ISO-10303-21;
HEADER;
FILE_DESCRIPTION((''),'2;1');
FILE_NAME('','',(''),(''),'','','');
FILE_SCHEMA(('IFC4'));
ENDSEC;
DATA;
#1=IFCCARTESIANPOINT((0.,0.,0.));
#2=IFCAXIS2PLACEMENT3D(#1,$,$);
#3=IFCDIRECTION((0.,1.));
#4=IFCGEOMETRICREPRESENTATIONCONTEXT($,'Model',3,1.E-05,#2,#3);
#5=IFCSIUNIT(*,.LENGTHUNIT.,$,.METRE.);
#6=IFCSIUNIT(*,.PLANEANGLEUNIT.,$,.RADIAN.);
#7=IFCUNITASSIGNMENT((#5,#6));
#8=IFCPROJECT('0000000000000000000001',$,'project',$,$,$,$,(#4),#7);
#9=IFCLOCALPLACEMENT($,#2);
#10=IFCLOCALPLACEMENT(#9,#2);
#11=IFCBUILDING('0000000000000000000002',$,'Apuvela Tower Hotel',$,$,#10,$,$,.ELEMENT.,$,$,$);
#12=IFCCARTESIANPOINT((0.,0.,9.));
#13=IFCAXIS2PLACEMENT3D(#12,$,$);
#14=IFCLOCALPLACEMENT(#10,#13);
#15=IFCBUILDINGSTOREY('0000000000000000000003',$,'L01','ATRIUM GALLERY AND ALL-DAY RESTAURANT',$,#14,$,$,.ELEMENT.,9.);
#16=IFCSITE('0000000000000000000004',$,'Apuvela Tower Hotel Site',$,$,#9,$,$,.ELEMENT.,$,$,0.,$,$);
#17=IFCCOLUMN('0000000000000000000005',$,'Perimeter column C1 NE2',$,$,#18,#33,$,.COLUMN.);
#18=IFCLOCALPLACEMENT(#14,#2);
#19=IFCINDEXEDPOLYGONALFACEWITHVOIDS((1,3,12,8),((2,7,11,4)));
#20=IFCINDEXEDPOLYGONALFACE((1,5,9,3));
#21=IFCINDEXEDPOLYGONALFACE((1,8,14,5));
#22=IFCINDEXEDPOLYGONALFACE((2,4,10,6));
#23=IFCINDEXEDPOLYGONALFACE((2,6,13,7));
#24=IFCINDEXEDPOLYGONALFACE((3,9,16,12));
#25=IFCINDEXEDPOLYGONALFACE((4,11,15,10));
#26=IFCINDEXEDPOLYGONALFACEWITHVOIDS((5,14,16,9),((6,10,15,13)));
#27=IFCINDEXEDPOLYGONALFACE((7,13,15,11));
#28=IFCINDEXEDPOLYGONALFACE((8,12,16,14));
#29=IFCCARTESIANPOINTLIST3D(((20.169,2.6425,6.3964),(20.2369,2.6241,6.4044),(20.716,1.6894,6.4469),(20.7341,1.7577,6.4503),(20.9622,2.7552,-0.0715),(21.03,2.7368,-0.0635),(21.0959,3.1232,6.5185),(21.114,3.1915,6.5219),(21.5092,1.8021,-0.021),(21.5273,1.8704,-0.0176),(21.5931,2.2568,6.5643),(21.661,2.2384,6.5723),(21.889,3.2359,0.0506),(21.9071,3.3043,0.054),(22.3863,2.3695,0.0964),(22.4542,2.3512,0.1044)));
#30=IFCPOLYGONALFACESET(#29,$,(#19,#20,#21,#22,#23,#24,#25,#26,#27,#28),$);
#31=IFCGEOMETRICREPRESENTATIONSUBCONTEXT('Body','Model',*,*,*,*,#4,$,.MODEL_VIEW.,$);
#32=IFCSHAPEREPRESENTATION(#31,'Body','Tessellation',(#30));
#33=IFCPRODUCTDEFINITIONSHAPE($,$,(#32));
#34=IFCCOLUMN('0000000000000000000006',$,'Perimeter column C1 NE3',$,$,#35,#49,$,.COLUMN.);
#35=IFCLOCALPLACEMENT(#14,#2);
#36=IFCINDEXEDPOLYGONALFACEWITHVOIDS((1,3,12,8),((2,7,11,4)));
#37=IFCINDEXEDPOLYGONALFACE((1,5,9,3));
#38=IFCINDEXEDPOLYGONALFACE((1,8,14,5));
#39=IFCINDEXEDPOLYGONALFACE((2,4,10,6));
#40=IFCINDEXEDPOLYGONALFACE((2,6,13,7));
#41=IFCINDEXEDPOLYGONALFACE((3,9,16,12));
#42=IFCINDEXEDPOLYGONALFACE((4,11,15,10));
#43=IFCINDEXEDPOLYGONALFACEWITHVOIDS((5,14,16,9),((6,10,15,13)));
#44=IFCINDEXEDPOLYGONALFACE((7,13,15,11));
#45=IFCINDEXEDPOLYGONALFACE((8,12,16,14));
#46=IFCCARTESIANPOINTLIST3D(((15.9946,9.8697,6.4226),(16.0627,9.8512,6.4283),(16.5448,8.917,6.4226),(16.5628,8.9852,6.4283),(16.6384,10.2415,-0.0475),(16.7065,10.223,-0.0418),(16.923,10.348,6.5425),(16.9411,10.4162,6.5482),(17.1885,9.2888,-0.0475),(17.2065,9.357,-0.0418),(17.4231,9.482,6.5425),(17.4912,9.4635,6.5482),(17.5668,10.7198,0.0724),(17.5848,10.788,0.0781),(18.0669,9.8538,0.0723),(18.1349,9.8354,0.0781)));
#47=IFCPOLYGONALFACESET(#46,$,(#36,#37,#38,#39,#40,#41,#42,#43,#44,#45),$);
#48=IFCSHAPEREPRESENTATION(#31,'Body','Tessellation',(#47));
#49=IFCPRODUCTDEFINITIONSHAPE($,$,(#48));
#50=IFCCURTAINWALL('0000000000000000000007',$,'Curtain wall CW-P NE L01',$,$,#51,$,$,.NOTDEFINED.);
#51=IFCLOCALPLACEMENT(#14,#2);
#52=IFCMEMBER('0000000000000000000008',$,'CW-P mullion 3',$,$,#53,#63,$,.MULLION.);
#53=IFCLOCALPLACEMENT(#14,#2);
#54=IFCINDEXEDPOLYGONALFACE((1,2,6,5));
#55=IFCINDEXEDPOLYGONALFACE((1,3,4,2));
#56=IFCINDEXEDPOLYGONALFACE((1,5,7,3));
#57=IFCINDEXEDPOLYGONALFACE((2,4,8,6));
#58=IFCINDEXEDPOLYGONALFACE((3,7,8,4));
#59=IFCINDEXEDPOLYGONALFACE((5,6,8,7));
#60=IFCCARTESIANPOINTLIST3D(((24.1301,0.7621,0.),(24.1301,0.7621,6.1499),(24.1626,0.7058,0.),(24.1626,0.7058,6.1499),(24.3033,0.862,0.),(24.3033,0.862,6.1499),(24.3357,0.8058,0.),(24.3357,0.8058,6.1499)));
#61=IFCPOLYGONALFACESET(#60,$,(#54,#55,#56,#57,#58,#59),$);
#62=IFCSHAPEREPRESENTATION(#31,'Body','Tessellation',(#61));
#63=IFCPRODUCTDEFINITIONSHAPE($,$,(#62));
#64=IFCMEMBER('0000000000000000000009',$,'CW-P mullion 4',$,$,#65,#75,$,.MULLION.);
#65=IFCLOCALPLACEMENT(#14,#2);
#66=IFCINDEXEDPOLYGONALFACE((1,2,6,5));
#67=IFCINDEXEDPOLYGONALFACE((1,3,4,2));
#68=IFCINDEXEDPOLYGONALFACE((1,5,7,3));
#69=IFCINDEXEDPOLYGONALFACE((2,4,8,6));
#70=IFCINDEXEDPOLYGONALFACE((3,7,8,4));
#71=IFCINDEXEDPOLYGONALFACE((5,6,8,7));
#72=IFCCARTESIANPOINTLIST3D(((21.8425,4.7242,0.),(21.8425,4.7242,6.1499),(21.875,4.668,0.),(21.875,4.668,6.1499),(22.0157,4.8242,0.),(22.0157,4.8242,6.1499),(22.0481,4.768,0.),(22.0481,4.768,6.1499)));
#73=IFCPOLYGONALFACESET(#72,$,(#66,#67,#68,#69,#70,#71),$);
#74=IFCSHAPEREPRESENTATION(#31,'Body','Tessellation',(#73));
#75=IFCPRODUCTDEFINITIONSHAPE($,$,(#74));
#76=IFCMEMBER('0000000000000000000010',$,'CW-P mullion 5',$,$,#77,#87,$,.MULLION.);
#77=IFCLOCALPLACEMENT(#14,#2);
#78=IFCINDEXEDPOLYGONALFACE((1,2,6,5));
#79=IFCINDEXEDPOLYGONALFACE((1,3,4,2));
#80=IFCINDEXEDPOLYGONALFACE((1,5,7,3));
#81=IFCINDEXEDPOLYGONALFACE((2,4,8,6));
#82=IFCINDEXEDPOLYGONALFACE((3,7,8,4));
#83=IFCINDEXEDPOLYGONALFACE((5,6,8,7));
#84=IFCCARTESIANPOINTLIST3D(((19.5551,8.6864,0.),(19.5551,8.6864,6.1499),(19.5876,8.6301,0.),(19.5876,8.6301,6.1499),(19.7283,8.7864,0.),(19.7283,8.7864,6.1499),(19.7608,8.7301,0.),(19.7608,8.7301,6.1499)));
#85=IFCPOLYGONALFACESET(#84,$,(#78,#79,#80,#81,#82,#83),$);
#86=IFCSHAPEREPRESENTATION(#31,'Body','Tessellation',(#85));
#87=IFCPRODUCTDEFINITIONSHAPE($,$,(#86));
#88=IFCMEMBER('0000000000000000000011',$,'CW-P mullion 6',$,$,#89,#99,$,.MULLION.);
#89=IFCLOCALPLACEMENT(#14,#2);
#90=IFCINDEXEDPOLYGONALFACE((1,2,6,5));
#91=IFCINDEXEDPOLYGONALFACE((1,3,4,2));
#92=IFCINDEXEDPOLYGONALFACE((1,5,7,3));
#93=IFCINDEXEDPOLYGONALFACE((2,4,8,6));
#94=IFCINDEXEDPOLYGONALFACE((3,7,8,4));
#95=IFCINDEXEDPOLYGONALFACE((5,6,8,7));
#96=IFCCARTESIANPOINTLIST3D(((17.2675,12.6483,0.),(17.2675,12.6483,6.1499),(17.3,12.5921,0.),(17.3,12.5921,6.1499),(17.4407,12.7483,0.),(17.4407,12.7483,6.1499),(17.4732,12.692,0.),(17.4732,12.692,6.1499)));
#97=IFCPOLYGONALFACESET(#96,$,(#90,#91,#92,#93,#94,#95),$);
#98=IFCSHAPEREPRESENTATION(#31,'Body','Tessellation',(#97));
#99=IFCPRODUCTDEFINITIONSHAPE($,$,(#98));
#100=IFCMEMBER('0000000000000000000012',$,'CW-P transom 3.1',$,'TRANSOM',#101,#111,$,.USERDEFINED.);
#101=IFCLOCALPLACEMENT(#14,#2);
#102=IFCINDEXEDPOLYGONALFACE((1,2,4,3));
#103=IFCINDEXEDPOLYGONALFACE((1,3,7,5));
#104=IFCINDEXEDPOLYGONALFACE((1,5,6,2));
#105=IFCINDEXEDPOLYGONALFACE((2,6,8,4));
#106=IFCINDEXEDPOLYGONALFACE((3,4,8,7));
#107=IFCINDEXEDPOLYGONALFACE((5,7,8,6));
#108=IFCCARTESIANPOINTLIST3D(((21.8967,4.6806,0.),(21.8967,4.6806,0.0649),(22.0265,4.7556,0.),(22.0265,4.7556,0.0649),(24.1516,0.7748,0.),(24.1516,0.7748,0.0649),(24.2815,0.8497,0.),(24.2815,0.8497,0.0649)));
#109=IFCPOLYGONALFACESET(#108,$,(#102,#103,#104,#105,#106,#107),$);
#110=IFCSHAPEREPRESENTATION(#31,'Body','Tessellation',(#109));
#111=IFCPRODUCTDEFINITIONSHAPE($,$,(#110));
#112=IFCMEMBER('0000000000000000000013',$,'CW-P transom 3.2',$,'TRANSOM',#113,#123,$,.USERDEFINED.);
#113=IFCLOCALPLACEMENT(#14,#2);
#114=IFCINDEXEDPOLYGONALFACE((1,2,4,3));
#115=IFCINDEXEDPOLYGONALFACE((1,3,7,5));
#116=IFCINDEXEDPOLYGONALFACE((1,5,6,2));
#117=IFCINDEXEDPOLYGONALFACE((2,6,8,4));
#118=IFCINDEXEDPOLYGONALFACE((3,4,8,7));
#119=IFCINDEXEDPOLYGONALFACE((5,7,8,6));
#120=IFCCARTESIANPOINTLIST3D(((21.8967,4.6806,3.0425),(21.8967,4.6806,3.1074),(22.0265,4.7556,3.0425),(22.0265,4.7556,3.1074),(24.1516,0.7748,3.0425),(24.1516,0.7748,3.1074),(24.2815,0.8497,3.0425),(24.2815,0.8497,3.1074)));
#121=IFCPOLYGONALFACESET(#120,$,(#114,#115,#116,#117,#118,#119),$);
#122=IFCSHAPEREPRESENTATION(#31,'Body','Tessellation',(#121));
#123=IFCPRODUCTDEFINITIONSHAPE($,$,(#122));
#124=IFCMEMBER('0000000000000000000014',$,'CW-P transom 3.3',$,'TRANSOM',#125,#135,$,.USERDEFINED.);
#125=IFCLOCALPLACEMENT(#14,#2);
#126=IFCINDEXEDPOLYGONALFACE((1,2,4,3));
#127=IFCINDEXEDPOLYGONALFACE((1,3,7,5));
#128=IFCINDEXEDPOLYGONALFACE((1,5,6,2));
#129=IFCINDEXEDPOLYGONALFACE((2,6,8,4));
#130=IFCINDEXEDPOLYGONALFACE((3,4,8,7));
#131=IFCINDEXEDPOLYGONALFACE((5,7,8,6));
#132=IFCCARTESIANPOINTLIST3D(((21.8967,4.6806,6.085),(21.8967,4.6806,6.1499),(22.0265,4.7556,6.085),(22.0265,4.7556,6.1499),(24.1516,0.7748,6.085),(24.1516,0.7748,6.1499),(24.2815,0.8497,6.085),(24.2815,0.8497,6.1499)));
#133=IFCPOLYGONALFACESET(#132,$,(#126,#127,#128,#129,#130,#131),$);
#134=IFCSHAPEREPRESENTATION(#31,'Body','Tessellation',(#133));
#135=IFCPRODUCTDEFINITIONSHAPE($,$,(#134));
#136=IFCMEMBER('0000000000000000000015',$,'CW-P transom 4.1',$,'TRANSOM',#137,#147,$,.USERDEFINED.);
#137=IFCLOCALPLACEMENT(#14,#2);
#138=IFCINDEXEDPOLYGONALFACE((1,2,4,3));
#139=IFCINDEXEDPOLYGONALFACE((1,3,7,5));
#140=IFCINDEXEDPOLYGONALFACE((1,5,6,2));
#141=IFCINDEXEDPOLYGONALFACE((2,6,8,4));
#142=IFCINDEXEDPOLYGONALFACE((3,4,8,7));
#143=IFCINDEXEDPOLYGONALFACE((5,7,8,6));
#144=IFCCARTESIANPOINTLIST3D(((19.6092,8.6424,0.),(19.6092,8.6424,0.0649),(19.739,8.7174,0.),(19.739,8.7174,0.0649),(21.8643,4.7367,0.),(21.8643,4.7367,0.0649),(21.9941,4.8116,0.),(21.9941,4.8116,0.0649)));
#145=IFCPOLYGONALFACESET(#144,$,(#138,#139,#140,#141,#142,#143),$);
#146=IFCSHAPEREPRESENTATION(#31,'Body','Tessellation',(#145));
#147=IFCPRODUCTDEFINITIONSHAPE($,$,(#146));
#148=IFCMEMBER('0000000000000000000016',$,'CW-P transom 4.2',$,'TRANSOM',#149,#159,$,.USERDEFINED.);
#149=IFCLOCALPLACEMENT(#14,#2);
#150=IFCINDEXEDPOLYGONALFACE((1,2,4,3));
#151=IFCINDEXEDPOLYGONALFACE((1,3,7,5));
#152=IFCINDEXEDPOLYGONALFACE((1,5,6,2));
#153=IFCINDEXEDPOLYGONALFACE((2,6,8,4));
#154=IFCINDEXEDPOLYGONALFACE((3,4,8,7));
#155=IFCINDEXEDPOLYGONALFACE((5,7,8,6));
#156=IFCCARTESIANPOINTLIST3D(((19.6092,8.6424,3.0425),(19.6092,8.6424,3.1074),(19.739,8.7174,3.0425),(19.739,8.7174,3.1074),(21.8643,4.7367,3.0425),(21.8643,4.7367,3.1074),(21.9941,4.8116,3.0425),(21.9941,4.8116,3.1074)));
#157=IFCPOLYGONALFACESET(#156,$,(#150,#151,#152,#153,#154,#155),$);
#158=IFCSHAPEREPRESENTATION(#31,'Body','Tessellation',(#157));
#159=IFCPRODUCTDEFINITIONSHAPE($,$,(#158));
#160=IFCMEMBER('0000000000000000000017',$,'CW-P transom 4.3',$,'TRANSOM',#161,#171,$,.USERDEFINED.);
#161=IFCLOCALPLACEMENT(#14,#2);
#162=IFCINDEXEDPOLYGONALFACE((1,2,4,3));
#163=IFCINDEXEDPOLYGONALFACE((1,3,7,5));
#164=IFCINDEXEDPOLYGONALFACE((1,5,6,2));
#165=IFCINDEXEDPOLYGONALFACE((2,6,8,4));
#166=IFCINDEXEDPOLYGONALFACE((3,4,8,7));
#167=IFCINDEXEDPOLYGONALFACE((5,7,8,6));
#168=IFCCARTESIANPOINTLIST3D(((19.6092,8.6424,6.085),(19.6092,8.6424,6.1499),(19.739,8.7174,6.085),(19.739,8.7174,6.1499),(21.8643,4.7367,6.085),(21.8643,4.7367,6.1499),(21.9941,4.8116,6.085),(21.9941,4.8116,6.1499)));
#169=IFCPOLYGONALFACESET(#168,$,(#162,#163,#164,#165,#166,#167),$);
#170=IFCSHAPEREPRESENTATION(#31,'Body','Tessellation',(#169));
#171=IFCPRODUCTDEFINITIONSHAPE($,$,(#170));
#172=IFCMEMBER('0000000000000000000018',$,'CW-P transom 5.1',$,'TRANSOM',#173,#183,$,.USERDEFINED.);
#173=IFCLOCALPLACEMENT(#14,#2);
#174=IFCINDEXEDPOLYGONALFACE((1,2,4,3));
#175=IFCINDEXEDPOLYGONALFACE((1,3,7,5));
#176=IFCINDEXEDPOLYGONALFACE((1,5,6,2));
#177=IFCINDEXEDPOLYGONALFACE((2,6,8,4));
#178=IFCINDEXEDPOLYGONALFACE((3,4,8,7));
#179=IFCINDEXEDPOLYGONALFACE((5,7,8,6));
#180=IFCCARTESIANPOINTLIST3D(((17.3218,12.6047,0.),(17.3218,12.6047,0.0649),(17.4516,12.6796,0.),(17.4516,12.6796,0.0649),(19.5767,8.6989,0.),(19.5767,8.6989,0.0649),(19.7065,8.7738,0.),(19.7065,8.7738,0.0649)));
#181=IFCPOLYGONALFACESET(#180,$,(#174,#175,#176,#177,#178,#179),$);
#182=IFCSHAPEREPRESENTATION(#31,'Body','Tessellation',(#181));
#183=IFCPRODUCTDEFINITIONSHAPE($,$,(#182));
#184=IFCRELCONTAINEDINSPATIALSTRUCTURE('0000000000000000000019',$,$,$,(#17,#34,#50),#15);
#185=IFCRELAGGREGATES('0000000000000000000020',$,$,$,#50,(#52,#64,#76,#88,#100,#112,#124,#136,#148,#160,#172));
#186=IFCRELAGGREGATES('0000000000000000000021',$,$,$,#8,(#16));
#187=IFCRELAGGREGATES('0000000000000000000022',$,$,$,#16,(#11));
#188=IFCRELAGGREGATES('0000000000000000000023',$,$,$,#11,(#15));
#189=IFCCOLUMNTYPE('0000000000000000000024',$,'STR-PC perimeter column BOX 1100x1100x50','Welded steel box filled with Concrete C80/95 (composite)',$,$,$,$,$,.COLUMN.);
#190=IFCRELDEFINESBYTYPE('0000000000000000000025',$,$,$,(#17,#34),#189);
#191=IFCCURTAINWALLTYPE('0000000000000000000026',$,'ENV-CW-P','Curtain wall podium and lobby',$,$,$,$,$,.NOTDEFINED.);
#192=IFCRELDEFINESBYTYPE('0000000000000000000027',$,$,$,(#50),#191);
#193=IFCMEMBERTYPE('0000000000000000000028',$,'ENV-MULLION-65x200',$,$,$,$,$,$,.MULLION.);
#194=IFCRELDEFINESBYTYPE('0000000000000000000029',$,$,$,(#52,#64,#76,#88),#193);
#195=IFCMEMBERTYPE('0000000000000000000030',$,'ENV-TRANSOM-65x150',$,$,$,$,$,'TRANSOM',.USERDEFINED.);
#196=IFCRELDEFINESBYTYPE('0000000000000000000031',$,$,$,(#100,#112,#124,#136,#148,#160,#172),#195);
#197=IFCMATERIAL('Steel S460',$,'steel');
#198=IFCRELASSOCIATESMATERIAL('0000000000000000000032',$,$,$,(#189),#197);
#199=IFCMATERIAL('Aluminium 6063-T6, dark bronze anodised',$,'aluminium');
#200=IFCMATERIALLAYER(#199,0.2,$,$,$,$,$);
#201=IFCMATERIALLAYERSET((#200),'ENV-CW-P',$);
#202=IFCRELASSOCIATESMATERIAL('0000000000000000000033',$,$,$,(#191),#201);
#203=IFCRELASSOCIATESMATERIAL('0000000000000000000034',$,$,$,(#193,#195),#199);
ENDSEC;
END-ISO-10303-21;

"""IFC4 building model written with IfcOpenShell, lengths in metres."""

from ifc_helpers import new_model, si_unit, direction, frame, origin, origin_2d, place, context, subcontext, project, spatial, rectangle, hollow_rectangle, extrude, boolean, halfspace, material, layer, layer_set, material_profile, profile_set, type_object, element, aggregate, save


model = new_model("IFC4")

# Units and contexts
model_context = context("Model", 3, precision=1e-05, world=origin(), true_north=direction((0.0, 1.0)))
body_context = subcontext(model_context, "Body", "Model", "MODEL_VIEW")
ifc_project = project(units=[si_unit("LENGTHUNIT", "METRE"), si_unit("PLANEANGLEUNIT", "RADIAN")], contexts=[model_context])

# Site, building, storey
site_placement = place(None, origin())
site = spatial("IfcSite", under=ifc_project, at=site_placement, Name="Apuvela Tower Hotel Site", CompositionType="ELEMENT", RefElevation=0.0)
building_placement = place(site_placement, origin())
building = spatial("IfcBuilding", under=site, at=building_placement, Name="Apuvela Tower Hotel", CompositionType="ELEMENT")
storey_placement = place(building_placement, frame((0.0, 0.0, 9.0)))
storey = spatial("IfcBuildingStorey", under=building, at=storey_placement, Name="L01", Description="ATRIUM GALLERY AND ALL-DAY RESTAURANT", CompositionType="ELEMENT", Elevation=9.0)

# Columns
ifc_material_1 = material(Name="Steel S460", Category="steel")
ifc_material_profile_1 = material_profile(ifc_material_1, hollow_rectangle(XDim=1.1001, YDim=1.1001, WallThickness=0.05, at=origin_2d()), Name="BOX 1100x1100x50")
ifc_material_2 = material(Name="Concrete C80/95", Category="concrete")
ifc_material_profile_2 = material_profile(ifc_material_2, rectangle(XDim=1.0, YDim=1.0, at=origin_2d()), Name="Concrete C80/95 infill")
ifc_profile_set_1 = profile_set([ifc_material_profile_1, ifc_material_profile_2], Name="Steel S460")
column_type = type_object("IfcColumnType", Name="STR-PC perimeter column BOX 1100x1100x50", Description="Welded steel box filled with Concrete C80/95 (composite)", PredefinedType="COLUMN", material=ifc_profile_set_1)
column_1_placement = place(storey_placement, frame((21.7102, 2.5535, 0.0), z_axis=(-0.121704, -0.017296, 0.992416), x_axis=(0.497293, -0.866368, 0.045886)))
element("IfcColumn", 1, at=column_1_placement, inside=storey, type_object=column_type, Name="Perimeter column C1 NE2", PredefinedType="COLUMN", context=body_context, shape_type="SweptSolid", body=[
    boolean("DIFFERENCE", boolean("DIFFERENCE", extrude(hollow_rectangle(XDim=1.1001, YDim=1.1001, WallThickness=0.05, at=origin_2d()), origin(), (0.0, 0.0, 1.0), 6.5496), halfspace(frame((0.0, 0.0, 0.0166), z_axis=(0.0, 0.0, 1.0), x_axis=(1.0, 0.0, 0.0)), True)), halfspace(frame((0.0, 0.0, 6.5339), z_axis=(0.0, 0.0, 1.0), x_axis=(1.0, 0.0, 0.0)), False)),
])
column_2_placement = place(storey_placement, frame((17.3882, 10.0393, 0.0), z_axis=(-0.098846, -0.057091, 0.993464), x_axis=(-0.500072, 0.865984, 0.00001)))
element("IfcColumn", 2, at=column_2_placement, inside=storey, type_object=column_type, Name="Perimeter column C1 NE3", PredefinedType="COLUMN", context=body_context, shape_type="SweptSolid", body=[
    boolean("DIFFERENCE", boolean("DIFFERENCE", extrude(hollow_rectangle(XDim=1.1001, YDim=1.1001, WallThickness=0.05, at=origin_2d()), origin(), (0.0, 0.0, 1.0), 6.5427), halfspace(frame((0.0, 0.0, 0.0154), z_axis=(0.0, 0.0, 1.0), x_axis=(1.0, 0.0, 0.0)), True)), halfspace(frame((0.0, 0.0, 6.5281), z_axis=(0.0, 0.0, 1.0), x_axis=(1.0, 0.0, 0.0)), False)),
])

# Curtain wall, members
ifc_material_3 = material(Name="Aluminium 6063-T6, dark bronze anodised", Category="aluminium")
ifc_layer_1 = layer(ifc_material_3, 0.2)
ifc_layer_set_1 = layer_set([ifc_layer_1], Name="ENV-CW-P")
curtain_wall_type = type_object("IfcCurtainWallType", Name="ENV-CW-P", Description="Curtain wall podium and lobby", PredefinedType="NOTDEFINED", material=ifc_layer_set_1)
curtain_wall_placement = place(storey_placement, origin())
curtain_wall = element("IfcCurtainWall", 3, at=curtain_wall_placement, inside=storey, type_object=curtain_wall_type, Name="Curtain wall CW-P NE L01", PredefinedType="NOTDEFINED")
ifc_material_profile_3 = material_profile(ifc_material_3, rectangle(XDim=0.2, YDim=0.0649, at=origin_2d()), Name="AL 65x200")
ifc_profile_set_2 = profile_set([ifc_material_profile_3], Name="Aluminium 6063-T6, dark bronze anodised")
member_type_1 = type_object("IfcMemberType", Name="ENV-MULLION-65x200", PredefinedType="MULLION", material=ifc_profile_set_2)
member_1_placement = place(storey_placement, frame((24.2329, 0.7839, 0.0), z_axis=(0.0, 0.0, 1.0), x_axis=(-0.866025, -0.5, 0.0)))
member_1 = element("IfcMember", 4, at=member_1_placement, type_object=member_type_1, Name="CW-P mullion 3", PredefinedType="MULLION", context=body_context, shape_type="SweptSolid", body=[
    extrude(rectangle(XDim=0.2, YDim=0.0649, at=origin_2d()), origin(), (0.0, 0.0, 1.0), 6.1499),
])
member_2_placement = place(storey_placement, frame((21.9453, 4.7461, 0.0), z_axis=(0.0, 0.0, 1.0), x_axis=(-0.866025, -0.5, 0.0)))
member_2 = element("IfcMember", 5, at=member_2_placement, type_object=member_type_1, Name="CW-P mullion 4", PredefinedType="MULLION", context=body_context, shape_type="SweptSolid", body=[
    extrude(rectangle(XDim=0.2, YDim=0.0649, at=origin_2d()), origin(), (0.0, 0.0, 1.0), 6.1499),
])
member_3_placement = place(storey_placement, frame((19.658, 8.7083, 0.0), z_axis=(0.0, 0.0, 1.0), x_axis=(-0.866025, -0.5, 0.0)))
member_3 = element("IfcMember", 6, at=member_3_placement, type_object=member_type_1, Name="CW-P mullion 5", PredefinedType="MULLION", context=body_context, shape_type="SweptSolid", body=[
    extrude(rectangle(XDim=0.2, YDim=0.0649, at=origin_2d()), origin(), (0.0, 0.0, 1.0), 6.1499),
])
member_4_placement = place(storey_placement, frame((17.3704, 12.6702, 0.0), z_axis=(0.0, 0.0, 1.0), x_axis=(-0.866025, -0.5, 0.0)))
member_4 = element("IfcMember", 7, at=member_4_placement, type_object=member_type_1, Name="CW-P mullion 6", PredefinedType="MULLION", context=body_context, shape_type="SweptSolid", body=[
    extrude(rectangle(XDim=0.2, YDim=0.0649, at=origin_2d()), origin(), (0.0, 0.0, 1.0), 6.1499),
])
ifc_material_profile_4 = material_profile(ifc_material_3, rectangle(XDim=0.1499, YDim=0.0649, at=origin_2d()), Name="AL 65x150 transom")
ifc_profile_set_3 = profile_set([ifc_material_profile_4], Name="Aluminium 6063-T6, dark bronze anodised")
member_type_2 = type_object("IfcMemberType", Name="ENV-TRANSOM-65x150", ElementType="TRANSOM", PredefinedType="USERDEFINED", material=ifc_profile_set_3)
member_5_placement = place(storey_placement, frame((24.2166, 0.8123, 0.0325), z_axis=(-0.499982, 0.866036, 0.0), x_axis=(-0.866036, -0.499982, 0.0)))
member_5 = element("IfcMember", 8, at=member_5_placement, type_object=member_type_2, Name="CW-P transom 3.1", ObjectType="TRANSOM", PredefinedType="USERDEFINED", context=body_context, shape_type="SweptSolid", body=[
    extrude(rectangle(XDim=0.1499, YDim=0.0649, at=origin_2d()), origin(), (0.0, 0.0, 1.0), 4.51),
])
member_6_placement = place(storey_placement, frame((24.2166, 0.8123, 3.075), z_axis=(-0.499982, 0.866036, 0.0), x_axis=(-0.866036, -0.499982, 0.0)))
member_6 = element("IfcMember", 9, at=member_6_placement, type_object=member_type_2, Name="CW-P transom 3.2", ObjectType="TRANSOM", PredefinedType="USERDEFINED", context=body_context, shape_type="SweptSolid", body=[
    extrude(rectangle(XDim=0.1499, YDim=0.0649, at=origin_2d()), origin(), (0.0, 0.0, 1.0), 4.51),
])
member_7_placement = place(storey_placement, frame((24.2166, 0.8123, 6.1174), z_axis=(-0.499982, 0.866036, 0.0), x_axis=(-0.866036, -0.499982, 0.0)))
member_7 = element("IfcMember", 10, at=member_7_placement, type_object=member_type_2, Name="CW-P transom 3.3", ObjectType="TRANSOM", PredefinedType="USERDEFINED", context=body_context, shape_type="SweptSolid", body=[
    extrude(rectangle(XDim=0.1499, YDim=0.0649, at=origin_2d()), origin(), (0.0, 0.0, 1.0), 4.51),
])
member_8_placement = place(storey_placement, frame((21.9292, 4.7742, 0.0325), z_axis=(-0.500022, 0.866013, 0.0), x_axis=(-0.866013, -0.500022, 0.0)))
member_8 = element("IfcMember", 11, at=member_8_placement, type_object=member_type_2, Name="CW-P transom 4.1", ObjectType="TRANSOM", PredefinedType="USERDEFINED", context=body_context, shape_type="SweptSolid", body=[
    extrude(rectangle(XDim=0.1499, YDim=0.0649, at=origin_2d()), origin(), (0.0, 0.0, 1.0), 4.51),
])
member_9_placement = place(storey_placement, frame((21.9292, 4.7742, 3.075), z_axis=(-0.500022, 0.866013, 0.0), x_axis=(-0.866013, -0.500022, 0.0)))
member_9 = element("IfcMember", 12, at=member_9_placement, type_object=member_type_2, Name="CW-P transom 4.2", ObjectType="TRANSOM", PredefinedType="USERDEFINED", context=body_context, shape_type="SweptSolid", body=[
    extrude(rectangle(XDim=0.1499, YDim=0.0649, at=origin_2d()), origin(), (0.0, 0.0, 1.0), 4.51),
])
member_10_placement = place(storey_placement, frame((21.9292, 4.7742, 6.1174), z_axis=(-0.500022, 0.866013, 0.0), x_axis=(-0.866013, -0.500022, 0.0)))
member_10 = element("IfcMember", 13, at=member_10_placement, type_object=member_type_2, Name="CW-P transom 4.3", ObjectType="TRANSOM", PredefinedType="USERDEFINED", context=body_context, shape_type="SweptSolid", body=[
    extrude(rectangle(XDim=0.1499, YDim=0.0649, at=origin_2d()), origin(), (0.0, 0.0, 1.0), 4.51),
])
member_11_placement = place(storey_placement, frame((19.6416, 8.7363, 0.0325), z_axis=(-0.499982, 0.866036, 0.0), x_axis=(-0.866036, -0.499982, 0.0)))
member_11 = element("IfcMember", 14, at=member_11_placement, type_object=member_type_2, Name="CW-P transom 5.1", ObjectType="TRANSOM", PredefinedType="USERDEFINED", context=body_context, shape_type="SweptSolid", body=[
    extrude(rectangle(XDim=0.1499, YDim=0.0649, at=origin_2d()), origin(), (0.0, 0.0, 1.0), 4.51),
])

aggregate(curtain_wall, [member_1, member_2, member_3, member_4, member_5, member_6, member_7, member_8, member_9, member_10, member_11])

save(model, "model.ifc")
